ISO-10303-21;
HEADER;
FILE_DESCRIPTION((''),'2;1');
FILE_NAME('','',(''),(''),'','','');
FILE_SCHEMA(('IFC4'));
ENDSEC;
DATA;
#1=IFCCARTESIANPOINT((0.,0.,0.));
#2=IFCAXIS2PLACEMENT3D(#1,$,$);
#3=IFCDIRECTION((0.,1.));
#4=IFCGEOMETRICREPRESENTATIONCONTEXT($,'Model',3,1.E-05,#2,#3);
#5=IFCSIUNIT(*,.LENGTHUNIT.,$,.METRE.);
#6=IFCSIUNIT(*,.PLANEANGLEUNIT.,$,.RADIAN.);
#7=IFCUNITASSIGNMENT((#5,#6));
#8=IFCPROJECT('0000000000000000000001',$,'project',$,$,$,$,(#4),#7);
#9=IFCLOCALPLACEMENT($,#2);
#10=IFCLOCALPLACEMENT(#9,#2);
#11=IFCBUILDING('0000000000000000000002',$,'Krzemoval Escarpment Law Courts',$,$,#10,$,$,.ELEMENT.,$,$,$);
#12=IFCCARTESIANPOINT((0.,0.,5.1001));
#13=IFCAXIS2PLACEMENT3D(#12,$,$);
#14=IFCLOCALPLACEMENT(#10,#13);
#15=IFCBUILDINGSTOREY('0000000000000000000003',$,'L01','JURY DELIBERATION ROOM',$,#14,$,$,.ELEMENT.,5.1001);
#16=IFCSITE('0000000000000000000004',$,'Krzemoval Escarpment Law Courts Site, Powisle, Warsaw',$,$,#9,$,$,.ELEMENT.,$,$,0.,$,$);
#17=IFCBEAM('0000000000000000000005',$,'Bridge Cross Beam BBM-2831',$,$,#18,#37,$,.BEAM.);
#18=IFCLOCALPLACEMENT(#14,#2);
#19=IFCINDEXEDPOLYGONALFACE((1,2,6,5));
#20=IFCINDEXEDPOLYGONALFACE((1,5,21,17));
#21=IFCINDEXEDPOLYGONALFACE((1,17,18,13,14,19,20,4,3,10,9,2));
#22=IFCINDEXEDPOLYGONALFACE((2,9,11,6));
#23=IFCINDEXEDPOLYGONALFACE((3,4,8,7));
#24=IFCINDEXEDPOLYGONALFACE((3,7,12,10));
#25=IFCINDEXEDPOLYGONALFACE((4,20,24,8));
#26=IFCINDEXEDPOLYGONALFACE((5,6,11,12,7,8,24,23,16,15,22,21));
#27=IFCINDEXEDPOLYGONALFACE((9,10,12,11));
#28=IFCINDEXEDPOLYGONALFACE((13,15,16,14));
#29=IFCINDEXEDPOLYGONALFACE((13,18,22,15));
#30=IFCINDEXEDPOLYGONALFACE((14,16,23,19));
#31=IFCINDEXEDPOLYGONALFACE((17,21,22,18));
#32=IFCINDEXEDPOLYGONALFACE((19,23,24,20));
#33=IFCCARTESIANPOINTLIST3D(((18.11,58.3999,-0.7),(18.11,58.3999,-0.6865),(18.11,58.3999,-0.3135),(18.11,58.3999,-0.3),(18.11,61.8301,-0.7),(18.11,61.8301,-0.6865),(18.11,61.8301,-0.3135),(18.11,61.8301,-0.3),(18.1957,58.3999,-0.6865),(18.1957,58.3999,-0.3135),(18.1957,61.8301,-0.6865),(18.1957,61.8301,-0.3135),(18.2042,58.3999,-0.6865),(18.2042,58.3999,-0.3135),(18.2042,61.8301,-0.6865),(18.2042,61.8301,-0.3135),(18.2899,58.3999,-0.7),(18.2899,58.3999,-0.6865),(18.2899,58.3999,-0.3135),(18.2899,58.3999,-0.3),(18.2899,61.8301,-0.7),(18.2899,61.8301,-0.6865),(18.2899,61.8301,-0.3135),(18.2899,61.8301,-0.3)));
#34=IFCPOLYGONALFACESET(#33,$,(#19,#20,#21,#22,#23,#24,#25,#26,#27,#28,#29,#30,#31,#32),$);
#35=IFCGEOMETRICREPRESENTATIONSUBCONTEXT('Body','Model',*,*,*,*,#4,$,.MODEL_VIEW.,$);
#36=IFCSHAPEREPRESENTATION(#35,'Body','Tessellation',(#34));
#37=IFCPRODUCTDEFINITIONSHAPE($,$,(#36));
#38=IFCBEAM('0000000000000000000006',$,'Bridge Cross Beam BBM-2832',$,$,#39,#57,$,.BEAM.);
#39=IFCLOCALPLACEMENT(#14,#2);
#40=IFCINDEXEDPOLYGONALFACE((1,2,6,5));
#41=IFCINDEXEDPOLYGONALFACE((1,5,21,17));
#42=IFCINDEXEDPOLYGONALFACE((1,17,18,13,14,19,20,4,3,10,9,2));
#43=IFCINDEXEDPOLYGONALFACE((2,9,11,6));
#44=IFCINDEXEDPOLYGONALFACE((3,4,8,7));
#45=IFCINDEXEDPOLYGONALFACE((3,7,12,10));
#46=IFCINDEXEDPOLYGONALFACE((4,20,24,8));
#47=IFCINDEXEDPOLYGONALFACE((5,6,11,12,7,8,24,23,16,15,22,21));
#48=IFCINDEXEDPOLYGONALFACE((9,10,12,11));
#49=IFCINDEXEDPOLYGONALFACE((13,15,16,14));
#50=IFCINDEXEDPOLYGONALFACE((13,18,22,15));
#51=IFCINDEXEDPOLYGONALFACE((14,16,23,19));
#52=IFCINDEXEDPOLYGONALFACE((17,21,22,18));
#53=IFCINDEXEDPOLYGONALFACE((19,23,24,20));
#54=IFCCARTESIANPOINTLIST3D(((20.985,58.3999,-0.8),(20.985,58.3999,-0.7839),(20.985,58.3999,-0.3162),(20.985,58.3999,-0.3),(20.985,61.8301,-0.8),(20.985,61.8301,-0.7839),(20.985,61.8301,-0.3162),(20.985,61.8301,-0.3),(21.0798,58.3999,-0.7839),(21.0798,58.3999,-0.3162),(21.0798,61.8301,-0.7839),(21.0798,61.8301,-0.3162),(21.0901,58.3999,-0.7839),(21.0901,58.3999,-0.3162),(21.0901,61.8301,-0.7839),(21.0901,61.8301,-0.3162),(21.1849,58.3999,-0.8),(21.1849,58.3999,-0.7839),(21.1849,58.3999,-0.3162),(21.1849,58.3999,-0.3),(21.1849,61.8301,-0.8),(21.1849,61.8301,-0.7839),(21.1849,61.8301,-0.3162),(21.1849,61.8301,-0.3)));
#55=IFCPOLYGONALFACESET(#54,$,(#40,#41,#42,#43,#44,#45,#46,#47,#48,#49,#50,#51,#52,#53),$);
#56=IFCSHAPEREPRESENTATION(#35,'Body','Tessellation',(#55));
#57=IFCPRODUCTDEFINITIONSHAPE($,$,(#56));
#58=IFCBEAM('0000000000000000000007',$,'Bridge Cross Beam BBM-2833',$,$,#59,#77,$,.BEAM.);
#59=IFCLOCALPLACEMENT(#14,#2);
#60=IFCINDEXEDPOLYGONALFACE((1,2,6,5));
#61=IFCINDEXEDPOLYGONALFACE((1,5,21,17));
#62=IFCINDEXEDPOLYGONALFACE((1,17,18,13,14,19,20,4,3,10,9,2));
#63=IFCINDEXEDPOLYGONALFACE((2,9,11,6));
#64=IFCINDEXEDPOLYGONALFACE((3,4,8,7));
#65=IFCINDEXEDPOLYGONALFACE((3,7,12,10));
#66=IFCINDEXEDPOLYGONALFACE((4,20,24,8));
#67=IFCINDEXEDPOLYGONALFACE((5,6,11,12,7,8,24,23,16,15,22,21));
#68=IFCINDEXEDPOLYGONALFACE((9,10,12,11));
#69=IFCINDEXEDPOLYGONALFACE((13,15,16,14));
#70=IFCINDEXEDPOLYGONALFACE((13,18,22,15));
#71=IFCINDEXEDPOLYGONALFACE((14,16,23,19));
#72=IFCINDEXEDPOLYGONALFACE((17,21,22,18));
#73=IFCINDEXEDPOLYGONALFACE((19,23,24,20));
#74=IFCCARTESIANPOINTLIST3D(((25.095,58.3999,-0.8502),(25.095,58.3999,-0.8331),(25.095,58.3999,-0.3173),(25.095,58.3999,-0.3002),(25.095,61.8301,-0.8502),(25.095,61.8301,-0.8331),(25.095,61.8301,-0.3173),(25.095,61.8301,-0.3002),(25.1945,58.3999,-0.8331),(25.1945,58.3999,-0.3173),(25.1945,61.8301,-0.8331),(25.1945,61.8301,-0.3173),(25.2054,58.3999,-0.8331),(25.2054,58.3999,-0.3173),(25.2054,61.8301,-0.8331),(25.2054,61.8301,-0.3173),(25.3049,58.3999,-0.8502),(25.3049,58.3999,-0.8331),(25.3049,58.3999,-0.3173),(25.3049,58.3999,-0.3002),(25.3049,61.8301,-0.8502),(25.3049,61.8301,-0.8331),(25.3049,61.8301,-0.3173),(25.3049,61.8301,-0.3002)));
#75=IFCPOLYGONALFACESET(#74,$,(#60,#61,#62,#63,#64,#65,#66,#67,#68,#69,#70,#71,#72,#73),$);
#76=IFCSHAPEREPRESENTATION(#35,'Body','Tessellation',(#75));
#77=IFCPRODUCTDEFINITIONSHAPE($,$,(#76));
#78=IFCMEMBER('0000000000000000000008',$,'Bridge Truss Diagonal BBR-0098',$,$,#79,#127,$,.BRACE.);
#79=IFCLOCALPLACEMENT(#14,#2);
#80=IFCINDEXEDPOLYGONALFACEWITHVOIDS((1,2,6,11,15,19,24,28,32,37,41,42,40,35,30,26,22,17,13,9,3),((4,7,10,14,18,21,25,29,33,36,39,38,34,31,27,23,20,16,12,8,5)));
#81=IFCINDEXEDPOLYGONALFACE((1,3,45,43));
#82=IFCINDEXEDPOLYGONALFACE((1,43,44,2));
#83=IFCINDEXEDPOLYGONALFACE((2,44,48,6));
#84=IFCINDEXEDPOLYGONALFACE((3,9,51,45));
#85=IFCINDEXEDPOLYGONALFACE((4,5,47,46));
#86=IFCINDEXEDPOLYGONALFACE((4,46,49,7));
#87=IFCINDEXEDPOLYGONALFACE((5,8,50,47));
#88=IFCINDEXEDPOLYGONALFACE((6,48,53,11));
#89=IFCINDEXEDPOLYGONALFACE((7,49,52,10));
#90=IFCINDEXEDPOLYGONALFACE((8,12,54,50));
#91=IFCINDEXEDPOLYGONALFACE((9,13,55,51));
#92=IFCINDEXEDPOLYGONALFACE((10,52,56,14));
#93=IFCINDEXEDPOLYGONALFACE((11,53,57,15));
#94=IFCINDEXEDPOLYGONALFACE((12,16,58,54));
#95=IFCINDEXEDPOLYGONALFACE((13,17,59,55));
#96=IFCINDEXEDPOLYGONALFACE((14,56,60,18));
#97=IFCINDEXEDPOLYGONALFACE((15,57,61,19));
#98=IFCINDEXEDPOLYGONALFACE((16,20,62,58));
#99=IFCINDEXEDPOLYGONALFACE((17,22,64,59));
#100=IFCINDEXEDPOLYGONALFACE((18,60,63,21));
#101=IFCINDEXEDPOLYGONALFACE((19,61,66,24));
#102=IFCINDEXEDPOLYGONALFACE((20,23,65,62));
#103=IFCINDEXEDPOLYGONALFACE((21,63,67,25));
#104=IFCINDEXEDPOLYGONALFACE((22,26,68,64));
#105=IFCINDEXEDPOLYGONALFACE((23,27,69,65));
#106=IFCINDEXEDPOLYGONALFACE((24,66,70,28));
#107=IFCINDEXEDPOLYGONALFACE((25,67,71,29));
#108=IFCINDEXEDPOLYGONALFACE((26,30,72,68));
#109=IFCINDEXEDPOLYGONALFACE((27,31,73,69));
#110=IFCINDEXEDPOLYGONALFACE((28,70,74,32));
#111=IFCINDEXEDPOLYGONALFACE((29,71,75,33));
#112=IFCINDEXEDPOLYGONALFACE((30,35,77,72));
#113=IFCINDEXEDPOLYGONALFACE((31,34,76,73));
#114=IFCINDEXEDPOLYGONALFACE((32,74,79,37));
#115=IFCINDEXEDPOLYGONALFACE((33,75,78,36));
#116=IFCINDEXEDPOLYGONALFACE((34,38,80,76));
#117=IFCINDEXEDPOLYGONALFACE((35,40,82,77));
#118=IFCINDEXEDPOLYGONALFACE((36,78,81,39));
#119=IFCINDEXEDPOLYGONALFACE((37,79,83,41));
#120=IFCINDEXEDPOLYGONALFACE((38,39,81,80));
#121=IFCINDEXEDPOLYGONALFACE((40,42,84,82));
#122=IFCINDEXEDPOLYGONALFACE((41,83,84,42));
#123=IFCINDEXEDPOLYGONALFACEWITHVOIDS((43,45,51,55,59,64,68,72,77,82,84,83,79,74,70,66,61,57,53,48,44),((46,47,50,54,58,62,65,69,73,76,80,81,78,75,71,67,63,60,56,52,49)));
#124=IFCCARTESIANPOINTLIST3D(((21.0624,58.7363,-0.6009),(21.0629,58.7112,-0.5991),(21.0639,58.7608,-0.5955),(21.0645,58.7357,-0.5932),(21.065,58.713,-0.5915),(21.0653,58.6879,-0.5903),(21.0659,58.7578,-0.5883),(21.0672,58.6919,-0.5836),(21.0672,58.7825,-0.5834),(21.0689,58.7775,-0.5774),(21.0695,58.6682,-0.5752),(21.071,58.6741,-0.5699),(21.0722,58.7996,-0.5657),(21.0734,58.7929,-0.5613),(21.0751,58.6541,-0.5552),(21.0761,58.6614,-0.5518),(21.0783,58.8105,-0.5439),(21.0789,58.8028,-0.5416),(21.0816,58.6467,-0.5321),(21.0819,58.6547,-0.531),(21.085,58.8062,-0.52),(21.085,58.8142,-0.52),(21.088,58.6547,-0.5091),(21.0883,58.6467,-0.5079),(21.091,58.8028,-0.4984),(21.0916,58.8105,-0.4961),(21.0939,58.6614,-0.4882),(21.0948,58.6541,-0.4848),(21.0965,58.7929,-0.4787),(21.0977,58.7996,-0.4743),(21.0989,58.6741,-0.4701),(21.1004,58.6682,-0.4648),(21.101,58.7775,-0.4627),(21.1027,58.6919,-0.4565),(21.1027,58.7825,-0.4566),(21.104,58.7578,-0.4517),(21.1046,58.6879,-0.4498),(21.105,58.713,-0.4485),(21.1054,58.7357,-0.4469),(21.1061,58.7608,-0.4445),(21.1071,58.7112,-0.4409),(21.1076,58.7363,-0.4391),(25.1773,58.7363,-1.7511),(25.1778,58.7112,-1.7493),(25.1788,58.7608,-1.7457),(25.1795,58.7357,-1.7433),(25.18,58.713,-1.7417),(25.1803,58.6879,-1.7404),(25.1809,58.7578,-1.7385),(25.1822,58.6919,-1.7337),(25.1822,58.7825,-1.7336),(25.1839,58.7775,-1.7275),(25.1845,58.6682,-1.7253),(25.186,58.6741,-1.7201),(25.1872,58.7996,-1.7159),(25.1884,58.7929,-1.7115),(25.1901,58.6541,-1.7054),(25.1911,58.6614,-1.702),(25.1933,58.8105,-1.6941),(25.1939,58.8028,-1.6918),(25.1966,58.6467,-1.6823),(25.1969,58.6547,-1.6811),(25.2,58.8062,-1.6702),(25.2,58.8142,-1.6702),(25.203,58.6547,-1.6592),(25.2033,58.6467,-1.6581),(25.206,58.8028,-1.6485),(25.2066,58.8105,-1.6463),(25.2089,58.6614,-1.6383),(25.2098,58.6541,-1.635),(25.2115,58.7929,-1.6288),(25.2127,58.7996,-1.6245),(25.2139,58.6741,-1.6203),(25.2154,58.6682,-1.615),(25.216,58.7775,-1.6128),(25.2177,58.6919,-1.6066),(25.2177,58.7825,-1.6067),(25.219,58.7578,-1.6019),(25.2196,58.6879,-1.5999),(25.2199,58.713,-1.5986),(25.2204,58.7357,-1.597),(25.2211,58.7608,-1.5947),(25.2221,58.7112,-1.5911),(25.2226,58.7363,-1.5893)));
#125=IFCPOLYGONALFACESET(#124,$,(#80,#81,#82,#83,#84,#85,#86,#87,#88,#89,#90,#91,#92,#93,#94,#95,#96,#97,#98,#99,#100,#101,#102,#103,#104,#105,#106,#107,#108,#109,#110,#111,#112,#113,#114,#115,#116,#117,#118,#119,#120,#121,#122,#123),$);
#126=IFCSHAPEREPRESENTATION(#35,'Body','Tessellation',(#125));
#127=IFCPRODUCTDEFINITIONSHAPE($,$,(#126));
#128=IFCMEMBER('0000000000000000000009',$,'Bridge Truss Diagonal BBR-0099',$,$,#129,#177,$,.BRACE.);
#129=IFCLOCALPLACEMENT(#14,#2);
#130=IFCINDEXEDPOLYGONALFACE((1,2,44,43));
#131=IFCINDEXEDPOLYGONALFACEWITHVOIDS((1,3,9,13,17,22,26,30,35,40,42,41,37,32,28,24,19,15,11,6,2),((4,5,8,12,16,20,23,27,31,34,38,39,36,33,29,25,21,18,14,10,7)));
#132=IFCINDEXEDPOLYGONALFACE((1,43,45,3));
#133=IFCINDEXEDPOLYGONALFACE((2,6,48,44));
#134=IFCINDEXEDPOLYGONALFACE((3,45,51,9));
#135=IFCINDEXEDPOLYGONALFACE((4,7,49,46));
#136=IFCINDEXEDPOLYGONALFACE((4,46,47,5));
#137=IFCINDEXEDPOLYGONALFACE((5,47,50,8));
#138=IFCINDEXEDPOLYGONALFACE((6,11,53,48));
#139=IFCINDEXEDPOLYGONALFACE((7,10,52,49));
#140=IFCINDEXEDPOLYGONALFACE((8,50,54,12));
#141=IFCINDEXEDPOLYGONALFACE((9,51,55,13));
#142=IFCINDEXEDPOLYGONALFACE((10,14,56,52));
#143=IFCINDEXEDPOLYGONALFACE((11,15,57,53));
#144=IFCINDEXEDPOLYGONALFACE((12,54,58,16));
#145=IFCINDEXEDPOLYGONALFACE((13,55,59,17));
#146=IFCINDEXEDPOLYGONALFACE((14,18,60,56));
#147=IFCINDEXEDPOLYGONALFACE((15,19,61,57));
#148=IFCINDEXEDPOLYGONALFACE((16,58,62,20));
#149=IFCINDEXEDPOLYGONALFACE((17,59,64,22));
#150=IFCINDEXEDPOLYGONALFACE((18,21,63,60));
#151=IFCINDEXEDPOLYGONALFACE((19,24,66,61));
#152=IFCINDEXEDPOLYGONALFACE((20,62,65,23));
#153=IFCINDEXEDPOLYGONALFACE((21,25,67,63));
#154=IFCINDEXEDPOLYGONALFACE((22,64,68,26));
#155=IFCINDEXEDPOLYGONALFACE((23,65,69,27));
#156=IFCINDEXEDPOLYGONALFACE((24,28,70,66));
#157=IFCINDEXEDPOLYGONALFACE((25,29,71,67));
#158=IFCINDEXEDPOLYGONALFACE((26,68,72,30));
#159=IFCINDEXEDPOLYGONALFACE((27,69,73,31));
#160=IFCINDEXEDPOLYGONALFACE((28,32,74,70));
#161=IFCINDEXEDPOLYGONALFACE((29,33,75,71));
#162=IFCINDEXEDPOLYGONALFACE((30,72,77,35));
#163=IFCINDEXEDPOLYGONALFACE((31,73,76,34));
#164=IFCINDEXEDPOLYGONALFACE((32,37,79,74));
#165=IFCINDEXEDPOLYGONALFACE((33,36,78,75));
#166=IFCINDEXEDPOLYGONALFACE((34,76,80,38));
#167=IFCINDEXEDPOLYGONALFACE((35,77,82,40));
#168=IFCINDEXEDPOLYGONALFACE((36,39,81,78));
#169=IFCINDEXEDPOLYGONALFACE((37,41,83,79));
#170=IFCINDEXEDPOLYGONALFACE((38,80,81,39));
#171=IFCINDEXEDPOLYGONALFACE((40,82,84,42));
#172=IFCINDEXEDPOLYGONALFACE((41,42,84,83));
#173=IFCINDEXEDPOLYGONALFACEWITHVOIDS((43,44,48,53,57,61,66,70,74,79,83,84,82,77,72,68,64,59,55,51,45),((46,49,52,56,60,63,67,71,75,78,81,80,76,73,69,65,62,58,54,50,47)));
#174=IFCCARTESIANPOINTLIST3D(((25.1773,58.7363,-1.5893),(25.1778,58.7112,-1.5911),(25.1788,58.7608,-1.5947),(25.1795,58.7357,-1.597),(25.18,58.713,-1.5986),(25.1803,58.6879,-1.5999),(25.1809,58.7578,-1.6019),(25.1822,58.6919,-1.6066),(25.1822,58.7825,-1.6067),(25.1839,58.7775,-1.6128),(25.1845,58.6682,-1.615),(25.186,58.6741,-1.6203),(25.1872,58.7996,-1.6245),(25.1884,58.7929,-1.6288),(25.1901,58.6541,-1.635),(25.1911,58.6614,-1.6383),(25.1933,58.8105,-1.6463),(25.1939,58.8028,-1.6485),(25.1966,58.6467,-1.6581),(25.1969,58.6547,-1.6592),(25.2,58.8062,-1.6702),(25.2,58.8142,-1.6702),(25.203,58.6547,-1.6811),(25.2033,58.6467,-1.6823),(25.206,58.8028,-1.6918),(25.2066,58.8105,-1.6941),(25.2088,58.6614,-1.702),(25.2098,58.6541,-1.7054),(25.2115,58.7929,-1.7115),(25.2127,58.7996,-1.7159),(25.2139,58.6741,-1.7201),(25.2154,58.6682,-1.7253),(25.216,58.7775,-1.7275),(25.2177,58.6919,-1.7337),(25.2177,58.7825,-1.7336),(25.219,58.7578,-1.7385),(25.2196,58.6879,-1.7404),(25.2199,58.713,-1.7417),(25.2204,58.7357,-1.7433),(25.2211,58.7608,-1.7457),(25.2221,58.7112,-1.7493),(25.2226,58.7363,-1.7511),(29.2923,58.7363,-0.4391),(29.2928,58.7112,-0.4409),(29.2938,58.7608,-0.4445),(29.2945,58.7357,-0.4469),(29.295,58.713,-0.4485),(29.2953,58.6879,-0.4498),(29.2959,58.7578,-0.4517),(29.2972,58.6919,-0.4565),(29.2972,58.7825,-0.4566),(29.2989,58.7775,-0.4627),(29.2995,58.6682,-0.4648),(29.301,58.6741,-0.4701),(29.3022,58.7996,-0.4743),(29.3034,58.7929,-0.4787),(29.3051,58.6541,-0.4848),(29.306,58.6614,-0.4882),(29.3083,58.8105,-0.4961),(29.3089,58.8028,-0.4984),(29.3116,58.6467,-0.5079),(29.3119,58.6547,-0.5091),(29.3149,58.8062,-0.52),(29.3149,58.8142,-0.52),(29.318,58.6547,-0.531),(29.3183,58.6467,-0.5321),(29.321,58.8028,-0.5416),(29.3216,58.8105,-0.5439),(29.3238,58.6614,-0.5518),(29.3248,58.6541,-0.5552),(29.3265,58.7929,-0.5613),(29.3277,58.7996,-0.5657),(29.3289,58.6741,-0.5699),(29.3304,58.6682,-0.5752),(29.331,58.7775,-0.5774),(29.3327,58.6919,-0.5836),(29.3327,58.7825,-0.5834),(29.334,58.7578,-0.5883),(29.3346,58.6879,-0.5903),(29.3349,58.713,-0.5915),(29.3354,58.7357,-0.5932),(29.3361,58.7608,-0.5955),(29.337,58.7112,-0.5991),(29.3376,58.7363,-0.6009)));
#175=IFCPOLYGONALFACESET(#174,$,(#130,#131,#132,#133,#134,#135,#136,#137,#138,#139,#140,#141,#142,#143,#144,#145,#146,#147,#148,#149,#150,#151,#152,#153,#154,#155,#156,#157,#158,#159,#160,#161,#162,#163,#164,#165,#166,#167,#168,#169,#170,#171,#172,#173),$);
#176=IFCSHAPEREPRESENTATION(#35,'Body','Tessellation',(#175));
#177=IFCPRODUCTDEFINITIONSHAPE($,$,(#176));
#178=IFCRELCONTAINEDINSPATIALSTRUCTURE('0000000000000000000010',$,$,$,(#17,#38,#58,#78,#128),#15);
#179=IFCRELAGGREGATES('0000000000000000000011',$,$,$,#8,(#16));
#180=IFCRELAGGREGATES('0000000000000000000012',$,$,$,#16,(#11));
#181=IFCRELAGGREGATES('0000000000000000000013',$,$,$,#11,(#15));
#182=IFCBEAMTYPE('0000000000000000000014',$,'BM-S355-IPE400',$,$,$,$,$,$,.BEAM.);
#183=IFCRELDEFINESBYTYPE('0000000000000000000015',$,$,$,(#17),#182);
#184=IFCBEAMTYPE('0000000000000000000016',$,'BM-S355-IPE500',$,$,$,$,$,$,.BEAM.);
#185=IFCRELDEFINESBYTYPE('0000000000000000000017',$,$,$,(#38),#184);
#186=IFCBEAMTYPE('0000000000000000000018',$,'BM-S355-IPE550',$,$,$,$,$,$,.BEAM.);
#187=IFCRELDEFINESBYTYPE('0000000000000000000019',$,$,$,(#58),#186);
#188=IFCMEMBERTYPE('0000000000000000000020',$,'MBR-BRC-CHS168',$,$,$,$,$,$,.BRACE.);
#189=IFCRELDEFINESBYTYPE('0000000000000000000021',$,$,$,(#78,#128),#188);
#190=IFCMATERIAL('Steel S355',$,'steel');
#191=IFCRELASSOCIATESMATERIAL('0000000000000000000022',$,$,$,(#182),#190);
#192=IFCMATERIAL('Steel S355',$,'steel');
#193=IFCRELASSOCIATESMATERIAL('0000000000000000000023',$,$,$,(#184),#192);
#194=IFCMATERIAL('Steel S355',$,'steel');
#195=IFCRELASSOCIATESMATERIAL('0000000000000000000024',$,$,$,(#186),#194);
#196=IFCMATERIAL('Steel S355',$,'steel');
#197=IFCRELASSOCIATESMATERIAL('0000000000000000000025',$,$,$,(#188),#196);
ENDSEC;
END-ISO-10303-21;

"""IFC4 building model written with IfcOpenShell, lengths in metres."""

from ifc_helpers import new_model, si_unit, direction, frame, origin, origin_2d, place, context, subcontext, project, spatial, hollow_circle, i_section, extrude, material, material_profile, profile_set, type_object, element, save


model = new_model("IFC4")

# Units and contexts
model_context = context("Model", 3, precision=1e-05, world=origin(), true_north=direction((0.0, 1.0)))
body_context = subcontext(model_context, "Body", "Model", "MODEL_VIEW")
ifc_project = project(units=[si_unit("LENGTHUNIT", "METRE"), si_unit("PLANEANGLEUNIT", "RADIAN")], contexts=[model_context])

# Site, building, storey
site_placement = place(None, origin())
site = spatial("IfcSite", under=ifc_project, at=site_placement, Name="Krzemoval Escarpment Law Courts Site, Powisle, Warsaw", CompositionType="ELEMENT", RefElevation=0.0)
building_placement = place(site_placement, origin())
building = spatial("IfcBuilding", under=site, at=building_placement, Name="Krzemoval Escarpment Law Courts", CompositionType="ELEMENT")
storey_placement = place(building_placement, frame((0.0, 0.0, 5.1001)))
storey = spatial("IfcBuildingStorey", under=building, at=storey_placement, Name="L01", Description="JURY DELIBERATION ROOM", CompositionType="ELEMENT", Elevation=5.1001)

# Beams
ifc_material_1 = material(Name="Steel S355", Category="steel")
ifc_material_profile_1 = material_profile(ifc_material_1, i_section(OverallWidth=0.1799, OverallDepth=0.3999, WebThickness=0.0085, FlangeThickness=0.0134, at=origin_2d()), Name="IPE 400")
ifc_profile_set_1 = profile_set([ifc_material_profile_1], Name="Steel S355")
beam_type_1 = type_object("IfcBeamType", Name="BM-S355-IPE400", PredefinedType="BEAM", material=ifc_profile_set_1)
beam_1_placement = place(storey_placement, frame((18.2, 58.3999, -0.5), z_axis=(0.0, 1.0, 0.0), x_axis=(-1.0, 0.0, 0.0)))
element("IfcBeam", 1, at=beam_1_placement, inside=storey, type_object=beam_type_1, Name="Bridge Cross Beam BBM-2831", PredefinedType="BEAM", context=body_context, shape_type="SweptSolid", body=[
    extrude(i_section(OverallWidth=0.1799, OverallDepth=0.3999, WebThickness=0.0085, FlangeThickness=0.0134, at=origin_2d()), origin(), (0.0, 0.0, 1.0), 3.4302),
])
ifc_material_2 = material(Name="Steel S355", Category="steel")
ifc_material_profile_2 = material_profile(ifc_material_2, i_section(OverallWidth=0.2, OverallDepth=0.5, WebThickness=0.0103, FlangeThickness=0.0161, at=origin_2d()), Name="IPE 500")
ifc_profile_set_2 = profile_set([ifc_material_profile_2], Name="Steel S355")
beam_type_2 = type_object("IfcBeamType", Name="BM-S355-IPE500", PredefinedType="BEAM", material=ifc_profile_set_2)
beam_2_placement = place(storey_placement, frame((21.085, 58.3999, -0.55), z_axis=(0.0, 1.0, 0.0), x_axis=(-1.0, 0.0, 0.0)))
element("IfcBeam", 2, at=beam_2_placement, inside=storey, type_object=beam_type_2, Name="Bridge Cross Beam BBM-2832", PredefinedType="BEAM", context=body_context, shape_type="SweptSolid", body=[
    extrude(i_section(OverallWidth=0.2, OverallDepth=0.5, WebThickness=0.0103, FlangeThickness=0.0161, at=origin_2d()), origin(), (0.0, 0.0, 1.0), 3.4302),
])
ifc_material_3 = material(Name="Steel S355", Category="steel")
ifc_material_profile_3 = material_profile(ifc_material_3, i_section(OverallWidth=0.21, OverallDepth=0.55, WebThickness=0.011, FlangeThickness=0.0171, at=origin_2d()), Name="IPE 550")
ifc_profile_set_3 = profile_set([ifc_material_profile_3], Name="Steel S355")
beam_type_3 = type_object("IfcBeamType", Name="BM-S355-IPE550", PredefinedType="BEAM", material=ifc_profile_set_3)
beam_3_placement = place(storey_placement, frame((25.2, 58.3999, -0.5752), z_axis=(0.0, 1.0, 0.0), x_axis=(-1.0, 0.0, 0.0)))
element("IfcBeam", 3, at=beam_3_placement, inside=storey, type_object=beam_type_3, Name="Bridge Cross Beam BBM-2833", PredefinedType="BEAM", context=body_context, shape_type="SweptSolid", body=[
    extrude(i_section(OverallWidth=0.21, OverallDepth=0.55, WebThickness=0.011, FlangeThickness=0.0171, at=origin_2d()), origin(), (0.0, 0.0, 1.0), 3.4302),
])

# Members
ifc_material_4 = material(Name="Steel S355", Category="steel")
ifc_material_profile_4 = material_profile(ifc_material_4, hollow_circle(Radius=0.0842, WallThickness=0.0081, at=origin_2d()), Name="CHS 168.3x8")
ifc_profile_set_4 = profile_set([ifc_material_profile_4], Name="Steel S355")
member_type_1 = type_object("IfcMemberType", Name="MBR-BRC-CHS168", PredefinedType="BRACE", material=ifc_profile_set_4)
for number, where, z_axis, x_axis, name in (
    (4, (21.085, 58.73, -0.52), (0.963089, 0.0, -0.269185), (0.0, 1.0, 0.0), "Bridge Truss Diagonal BBR-0098"),
    (5, (25.2, 58.73, -1.6702), (0.963089, 0.0, 0.269185), (0.0, 1.0, 0.0), "Bridge Truss Diagonal BBR-0099"),
):
    element("IfcMember", number, at=place(storey_placement, frame(where, z_axis=z_axis, x_axis=x_axis)), inside=storey, type_object=member_type_1, Name=name, PredefinedType="BRACE", context=body_context, shape_type="SweptSolid", body=[
        extrude(hollow_circle(Radius=0.0842, WallThickness=0.0081, at=origin_2d()), origin(), (0.0, 0.0, 1.0), 4.2727),
    ])

save(model, "model.ifc")
